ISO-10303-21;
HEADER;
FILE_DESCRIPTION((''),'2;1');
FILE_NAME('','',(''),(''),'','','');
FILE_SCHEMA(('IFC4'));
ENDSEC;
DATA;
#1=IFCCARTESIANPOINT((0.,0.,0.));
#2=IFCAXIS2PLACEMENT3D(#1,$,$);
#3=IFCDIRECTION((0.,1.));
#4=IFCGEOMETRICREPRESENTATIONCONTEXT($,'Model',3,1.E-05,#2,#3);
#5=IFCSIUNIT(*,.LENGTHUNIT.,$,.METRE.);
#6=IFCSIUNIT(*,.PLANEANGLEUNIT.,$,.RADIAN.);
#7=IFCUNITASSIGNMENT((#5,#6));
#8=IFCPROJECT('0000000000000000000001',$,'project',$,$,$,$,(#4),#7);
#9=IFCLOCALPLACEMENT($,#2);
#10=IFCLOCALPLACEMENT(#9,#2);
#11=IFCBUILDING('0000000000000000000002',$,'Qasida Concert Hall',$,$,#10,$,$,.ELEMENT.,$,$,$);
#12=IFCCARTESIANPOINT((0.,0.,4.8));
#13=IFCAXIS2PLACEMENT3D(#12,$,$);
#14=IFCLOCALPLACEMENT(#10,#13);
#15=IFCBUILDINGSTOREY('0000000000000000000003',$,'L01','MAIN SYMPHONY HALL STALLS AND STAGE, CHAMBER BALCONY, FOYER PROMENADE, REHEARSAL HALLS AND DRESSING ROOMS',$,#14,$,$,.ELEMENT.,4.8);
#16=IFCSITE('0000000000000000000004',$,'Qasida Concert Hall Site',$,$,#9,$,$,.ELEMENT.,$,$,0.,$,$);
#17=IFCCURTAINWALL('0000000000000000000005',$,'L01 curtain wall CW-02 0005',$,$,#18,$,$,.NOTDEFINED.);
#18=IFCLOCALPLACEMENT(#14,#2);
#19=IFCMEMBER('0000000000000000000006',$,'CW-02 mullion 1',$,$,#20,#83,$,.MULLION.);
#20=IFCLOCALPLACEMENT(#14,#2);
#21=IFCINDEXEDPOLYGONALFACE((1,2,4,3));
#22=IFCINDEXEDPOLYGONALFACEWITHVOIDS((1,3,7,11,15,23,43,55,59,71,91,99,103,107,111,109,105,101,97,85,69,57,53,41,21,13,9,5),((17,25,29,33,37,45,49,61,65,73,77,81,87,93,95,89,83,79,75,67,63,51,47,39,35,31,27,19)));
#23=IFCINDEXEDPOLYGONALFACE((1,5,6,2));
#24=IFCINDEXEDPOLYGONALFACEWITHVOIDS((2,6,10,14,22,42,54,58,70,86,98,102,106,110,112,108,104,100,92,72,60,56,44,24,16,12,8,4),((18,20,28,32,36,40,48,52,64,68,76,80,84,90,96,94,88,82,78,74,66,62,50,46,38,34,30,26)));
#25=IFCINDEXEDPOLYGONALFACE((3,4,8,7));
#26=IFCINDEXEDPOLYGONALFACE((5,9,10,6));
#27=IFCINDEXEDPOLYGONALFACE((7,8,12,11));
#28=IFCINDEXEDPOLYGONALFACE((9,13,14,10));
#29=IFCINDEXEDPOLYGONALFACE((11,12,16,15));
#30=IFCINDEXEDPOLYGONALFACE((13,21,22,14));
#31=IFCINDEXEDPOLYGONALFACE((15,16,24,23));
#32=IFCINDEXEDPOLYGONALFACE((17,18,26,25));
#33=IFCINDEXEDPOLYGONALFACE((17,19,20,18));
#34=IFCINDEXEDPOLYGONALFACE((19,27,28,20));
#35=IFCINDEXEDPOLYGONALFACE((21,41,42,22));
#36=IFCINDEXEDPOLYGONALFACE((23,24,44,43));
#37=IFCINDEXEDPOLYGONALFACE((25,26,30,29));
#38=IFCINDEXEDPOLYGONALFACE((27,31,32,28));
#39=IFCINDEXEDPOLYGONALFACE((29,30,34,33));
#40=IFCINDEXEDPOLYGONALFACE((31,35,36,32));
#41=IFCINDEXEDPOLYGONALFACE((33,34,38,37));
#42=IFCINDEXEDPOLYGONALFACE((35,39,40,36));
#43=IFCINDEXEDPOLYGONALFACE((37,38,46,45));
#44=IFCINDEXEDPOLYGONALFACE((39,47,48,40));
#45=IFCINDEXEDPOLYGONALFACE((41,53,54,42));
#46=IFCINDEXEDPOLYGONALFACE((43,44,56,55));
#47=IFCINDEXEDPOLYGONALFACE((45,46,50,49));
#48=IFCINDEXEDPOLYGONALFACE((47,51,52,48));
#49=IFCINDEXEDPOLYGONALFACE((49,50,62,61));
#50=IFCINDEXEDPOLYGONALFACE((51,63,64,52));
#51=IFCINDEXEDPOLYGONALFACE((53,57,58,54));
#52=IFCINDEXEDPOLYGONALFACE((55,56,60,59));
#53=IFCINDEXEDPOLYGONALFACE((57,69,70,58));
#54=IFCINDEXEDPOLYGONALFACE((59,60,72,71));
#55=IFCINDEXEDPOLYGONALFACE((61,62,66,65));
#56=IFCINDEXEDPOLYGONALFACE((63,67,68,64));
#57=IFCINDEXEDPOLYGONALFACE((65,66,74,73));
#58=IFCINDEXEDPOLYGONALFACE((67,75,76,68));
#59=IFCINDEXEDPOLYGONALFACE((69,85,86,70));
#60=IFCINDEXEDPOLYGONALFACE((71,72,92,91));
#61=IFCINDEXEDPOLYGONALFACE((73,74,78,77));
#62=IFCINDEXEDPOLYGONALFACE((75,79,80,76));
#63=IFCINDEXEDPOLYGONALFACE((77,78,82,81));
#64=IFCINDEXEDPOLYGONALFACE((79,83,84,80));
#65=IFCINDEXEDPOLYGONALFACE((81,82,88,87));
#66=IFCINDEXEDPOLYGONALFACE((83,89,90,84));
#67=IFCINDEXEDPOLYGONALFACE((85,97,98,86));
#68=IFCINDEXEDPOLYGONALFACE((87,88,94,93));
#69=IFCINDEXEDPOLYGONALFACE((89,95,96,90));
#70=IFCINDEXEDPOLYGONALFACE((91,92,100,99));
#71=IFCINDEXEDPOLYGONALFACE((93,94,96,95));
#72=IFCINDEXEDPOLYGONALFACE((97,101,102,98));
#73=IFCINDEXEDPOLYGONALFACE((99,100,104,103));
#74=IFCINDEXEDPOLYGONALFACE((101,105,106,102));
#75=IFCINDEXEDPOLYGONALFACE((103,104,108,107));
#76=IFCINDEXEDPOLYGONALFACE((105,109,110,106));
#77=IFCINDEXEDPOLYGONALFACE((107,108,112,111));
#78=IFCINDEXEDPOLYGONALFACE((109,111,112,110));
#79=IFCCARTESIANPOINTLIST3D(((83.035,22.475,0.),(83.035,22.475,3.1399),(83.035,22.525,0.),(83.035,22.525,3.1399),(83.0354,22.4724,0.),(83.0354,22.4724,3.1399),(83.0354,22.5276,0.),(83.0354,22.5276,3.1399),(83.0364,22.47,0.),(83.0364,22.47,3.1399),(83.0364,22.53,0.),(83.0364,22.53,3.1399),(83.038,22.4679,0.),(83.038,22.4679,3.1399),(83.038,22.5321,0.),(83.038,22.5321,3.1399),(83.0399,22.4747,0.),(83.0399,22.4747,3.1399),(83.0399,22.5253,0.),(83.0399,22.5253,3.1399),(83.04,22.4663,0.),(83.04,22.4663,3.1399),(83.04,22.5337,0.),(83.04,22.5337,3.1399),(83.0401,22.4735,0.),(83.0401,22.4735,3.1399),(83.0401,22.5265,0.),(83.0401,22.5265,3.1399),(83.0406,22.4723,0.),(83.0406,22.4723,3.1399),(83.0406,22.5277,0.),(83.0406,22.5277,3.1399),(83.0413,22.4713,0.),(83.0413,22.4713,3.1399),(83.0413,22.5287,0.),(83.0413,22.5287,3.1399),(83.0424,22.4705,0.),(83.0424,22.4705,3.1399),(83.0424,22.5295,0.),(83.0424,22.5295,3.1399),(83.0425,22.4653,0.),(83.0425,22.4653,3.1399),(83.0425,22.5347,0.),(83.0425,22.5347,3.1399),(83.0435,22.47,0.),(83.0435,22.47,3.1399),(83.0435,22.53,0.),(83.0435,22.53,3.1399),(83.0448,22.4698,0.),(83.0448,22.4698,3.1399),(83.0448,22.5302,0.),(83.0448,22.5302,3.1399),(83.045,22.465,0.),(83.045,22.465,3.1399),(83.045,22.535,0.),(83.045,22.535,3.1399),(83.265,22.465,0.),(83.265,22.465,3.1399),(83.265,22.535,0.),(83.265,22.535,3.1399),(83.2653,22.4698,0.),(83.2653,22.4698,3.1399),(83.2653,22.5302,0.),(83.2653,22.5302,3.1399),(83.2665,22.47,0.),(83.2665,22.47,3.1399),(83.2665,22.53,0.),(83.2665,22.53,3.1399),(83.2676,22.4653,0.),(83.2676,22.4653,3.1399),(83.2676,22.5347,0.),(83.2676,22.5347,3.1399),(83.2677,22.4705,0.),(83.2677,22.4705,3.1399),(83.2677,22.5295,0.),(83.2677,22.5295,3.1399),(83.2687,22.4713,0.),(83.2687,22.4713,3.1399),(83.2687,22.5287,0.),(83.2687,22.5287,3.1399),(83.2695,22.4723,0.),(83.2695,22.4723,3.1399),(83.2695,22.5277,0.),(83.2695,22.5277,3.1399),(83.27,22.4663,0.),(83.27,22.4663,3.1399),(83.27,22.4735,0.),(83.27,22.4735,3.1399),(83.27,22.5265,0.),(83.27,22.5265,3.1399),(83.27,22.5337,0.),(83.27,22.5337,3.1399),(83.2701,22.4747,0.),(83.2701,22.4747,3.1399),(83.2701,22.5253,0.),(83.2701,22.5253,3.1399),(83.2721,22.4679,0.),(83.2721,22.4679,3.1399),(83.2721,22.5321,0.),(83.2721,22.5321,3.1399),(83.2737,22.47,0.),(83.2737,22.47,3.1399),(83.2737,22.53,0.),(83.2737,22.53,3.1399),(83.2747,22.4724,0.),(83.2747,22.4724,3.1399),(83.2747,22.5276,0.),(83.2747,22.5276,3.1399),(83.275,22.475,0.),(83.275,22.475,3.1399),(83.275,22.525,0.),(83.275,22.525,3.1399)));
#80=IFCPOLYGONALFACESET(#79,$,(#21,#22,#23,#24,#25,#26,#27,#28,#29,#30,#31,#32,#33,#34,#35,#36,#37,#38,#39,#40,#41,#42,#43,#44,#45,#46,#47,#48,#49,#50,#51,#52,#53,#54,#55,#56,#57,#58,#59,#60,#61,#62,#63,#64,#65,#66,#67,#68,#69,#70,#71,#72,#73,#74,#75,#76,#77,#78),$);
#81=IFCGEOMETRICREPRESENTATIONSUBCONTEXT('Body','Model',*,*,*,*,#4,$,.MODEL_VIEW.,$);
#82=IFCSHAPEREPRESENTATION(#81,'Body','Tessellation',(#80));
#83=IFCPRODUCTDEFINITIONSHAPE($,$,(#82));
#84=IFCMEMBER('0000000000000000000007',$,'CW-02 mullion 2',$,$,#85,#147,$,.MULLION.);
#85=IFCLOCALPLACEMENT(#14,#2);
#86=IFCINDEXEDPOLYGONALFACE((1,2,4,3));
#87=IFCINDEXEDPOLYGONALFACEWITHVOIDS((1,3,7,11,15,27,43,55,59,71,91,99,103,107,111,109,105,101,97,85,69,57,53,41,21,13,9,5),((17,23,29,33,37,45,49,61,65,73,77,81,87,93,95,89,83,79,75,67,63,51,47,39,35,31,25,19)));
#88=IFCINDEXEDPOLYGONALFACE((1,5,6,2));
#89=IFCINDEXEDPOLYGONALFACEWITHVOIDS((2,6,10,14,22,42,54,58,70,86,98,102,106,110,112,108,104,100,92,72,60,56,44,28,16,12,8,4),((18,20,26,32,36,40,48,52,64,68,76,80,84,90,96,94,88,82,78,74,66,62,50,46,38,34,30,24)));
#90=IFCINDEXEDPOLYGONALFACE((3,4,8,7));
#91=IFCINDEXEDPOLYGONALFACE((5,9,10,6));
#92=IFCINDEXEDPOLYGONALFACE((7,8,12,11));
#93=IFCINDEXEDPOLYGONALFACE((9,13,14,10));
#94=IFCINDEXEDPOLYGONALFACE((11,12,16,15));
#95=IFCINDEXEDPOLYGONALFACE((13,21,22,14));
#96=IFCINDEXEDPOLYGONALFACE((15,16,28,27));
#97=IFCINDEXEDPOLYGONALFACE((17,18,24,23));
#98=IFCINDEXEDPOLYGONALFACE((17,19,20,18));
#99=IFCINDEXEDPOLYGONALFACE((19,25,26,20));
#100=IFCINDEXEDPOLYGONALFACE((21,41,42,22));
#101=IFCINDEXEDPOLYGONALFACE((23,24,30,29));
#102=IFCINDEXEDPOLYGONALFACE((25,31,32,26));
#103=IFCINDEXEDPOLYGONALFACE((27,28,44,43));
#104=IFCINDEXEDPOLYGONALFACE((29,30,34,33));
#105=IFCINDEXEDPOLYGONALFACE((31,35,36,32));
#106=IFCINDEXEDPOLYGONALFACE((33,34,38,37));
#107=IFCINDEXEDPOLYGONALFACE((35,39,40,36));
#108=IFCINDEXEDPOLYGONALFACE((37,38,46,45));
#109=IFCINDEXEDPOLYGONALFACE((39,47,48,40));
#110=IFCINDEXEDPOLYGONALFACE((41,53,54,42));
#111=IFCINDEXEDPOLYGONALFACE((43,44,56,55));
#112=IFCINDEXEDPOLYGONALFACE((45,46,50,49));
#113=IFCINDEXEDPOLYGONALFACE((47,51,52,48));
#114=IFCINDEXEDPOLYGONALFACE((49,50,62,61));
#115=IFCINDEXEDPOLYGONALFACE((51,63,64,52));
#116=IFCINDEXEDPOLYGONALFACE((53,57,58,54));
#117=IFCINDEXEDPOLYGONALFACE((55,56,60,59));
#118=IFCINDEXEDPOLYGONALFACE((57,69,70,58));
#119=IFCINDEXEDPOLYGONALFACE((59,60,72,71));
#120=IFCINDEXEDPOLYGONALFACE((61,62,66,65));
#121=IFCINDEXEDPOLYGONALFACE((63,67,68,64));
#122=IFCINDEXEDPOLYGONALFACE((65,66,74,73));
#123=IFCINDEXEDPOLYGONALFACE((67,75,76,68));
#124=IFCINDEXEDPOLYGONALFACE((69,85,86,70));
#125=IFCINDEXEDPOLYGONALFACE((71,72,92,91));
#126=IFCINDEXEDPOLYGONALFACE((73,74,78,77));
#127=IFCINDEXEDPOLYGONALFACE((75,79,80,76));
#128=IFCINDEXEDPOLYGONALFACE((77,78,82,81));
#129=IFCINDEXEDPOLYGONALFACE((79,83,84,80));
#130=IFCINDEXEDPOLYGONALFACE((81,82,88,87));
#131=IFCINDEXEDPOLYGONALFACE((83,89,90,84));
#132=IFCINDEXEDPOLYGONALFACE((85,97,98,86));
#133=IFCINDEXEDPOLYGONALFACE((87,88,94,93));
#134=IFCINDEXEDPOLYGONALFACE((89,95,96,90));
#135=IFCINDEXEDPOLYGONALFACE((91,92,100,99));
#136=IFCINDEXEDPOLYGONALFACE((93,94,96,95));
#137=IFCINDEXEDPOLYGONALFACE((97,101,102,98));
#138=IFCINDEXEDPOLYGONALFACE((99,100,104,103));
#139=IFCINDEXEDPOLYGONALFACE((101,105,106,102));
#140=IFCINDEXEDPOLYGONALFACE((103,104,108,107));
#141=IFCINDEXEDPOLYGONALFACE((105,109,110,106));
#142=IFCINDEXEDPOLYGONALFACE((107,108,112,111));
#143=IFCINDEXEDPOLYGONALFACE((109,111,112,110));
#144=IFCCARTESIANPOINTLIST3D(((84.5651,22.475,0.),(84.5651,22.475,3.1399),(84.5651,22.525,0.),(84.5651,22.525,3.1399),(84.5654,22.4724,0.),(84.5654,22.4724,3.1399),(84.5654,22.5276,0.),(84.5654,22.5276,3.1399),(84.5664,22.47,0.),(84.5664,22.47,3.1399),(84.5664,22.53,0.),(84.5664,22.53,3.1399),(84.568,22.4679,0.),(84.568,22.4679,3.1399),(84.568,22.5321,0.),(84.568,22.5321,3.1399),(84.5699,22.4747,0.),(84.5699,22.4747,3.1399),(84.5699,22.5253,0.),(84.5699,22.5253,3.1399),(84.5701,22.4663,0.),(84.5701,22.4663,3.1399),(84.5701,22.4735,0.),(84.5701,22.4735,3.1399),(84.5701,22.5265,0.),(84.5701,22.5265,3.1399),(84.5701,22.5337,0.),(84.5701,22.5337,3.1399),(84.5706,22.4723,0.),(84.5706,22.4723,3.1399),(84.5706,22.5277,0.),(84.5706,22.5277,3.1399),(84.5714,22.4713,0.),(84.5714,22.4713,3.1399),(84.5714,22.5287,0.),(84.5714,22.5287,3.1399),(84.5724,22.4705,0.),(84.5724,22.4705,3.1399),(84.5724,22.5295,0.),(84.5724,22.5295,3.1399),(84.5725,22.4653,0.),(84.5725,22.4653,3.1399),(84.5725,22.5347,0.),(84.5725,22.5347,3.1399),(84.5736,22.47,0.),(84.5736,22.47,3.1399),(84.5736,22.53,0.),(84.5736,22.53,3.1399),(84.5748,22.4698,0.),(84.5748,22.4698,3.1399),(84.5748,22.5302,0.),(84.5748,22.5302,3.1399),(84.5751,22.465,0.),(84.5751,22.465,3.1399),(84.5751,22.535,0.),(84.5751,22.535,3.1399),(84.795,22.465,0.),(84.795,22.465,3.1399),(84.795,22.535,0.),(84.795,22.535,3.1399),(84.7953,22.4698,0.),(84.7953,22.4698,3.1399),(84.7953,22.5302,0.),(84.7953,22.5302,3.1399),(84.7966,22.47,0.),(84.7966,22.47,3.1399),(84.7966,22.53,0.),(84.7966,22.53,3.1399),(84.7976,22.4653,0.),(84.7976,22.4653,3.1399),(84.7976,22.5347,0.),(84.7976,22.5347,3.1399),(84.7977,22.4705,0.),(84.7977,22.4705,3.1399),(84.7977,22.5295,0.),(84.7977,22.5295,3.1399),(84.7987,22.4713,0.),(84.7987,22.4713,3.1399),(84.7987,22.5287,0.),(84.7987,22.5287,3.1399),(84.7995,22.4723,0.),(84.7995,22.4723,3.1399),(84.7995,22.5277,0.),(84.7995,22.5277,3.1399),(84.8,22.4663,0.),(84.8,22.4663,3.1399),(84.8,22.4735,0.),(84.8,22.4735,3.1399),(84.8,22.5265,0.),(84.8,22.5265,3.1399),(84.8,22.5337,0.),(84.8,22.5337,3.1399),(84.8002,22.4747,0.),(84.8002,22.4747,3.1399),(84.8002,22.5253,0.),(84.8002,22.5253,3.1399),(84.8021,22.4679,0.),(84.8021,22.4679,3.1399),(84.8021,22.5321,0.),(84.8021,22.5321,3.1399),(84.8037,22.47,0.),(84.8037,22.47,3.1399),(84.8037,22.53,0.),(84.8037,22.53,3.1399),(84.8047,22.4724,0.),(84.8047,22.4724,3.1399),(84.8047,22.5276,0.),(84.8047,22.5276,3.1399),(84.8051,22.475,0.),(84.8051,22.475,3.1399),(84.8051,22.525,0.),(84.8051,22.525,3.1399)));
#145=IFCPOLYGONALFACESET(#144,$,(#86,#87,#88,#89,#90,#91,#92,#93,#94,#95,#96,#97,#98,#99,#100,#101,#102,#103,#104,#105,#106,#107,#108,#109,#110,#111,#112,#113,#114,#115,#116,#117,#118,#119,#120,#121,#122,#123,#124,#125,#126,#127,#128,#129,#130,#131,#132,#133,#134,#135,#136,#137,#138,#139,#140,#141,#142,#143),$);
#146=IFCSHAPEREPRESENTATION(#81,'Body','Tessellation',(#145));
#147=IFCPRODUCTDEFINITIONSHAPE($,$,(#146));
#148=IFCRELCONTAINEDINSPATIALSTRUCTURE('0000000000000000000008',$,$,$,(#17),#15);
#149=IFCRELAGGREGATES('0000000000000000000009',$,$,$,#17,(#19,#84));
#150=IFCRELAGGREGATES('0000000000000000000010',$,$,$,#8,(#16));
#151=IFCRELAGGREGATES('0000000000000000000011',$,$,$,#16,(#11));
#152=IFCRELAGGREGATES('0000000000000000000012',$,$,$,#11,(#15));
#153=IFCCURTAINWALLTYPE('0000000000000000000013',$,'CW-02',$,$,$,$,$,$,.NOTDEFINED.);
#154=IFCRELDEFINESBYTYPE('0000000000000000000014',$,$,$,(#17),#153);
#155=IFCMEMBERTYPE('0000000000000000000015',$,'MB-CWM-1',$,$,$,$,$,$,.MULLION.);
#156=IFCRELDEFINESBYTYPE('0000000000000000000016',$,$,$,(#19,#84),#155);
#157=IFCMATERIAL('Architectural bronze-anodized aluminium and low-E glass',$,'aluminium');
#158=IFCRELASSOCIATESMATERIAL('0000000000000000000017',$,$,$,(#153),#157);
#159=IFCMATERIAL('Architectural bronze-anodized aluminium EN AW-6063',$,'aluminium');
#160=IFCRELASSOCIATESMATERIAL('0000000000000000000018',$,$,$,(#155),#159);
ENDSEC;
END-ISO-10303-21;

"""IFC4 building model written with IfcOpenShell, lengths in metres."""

from ifc_helpers import new_model, si_unit, direction, frame, origin, origin_2d, place, context, subcontext, project, spatial, hollow_rectangle, extrude, material, material_profile, profile_set, type_object, element, aggregate, save


model = new_model("IFC4")

# Units and contexts
model_context = context("Model", 3, precision=1e-05, world=origin(), true_north=direction((0.0, 1.0)))
body_context = subcontext(model_context, "Body", "Model", "MODEL_VIEW")
ifc_project = project(units=[si_unit("LENGTHUNIT", "METRE"), si_unit("PLANEANGLEUNIT", "RADIAN")], contexts=[model_context])

# Site, building, storey
site_placement = place(None, origin())
site = spatial("IfcSite", under=ifc_project, at=site_placement, Name="Qasida Concert Hall Site", CompositionType="ELEMENT", RefElevation=0.0)
building_placement = place(site_placement, origin())
building = spatial("IfcBuilding", under=site, at=building_placement, Name="Qasida Concert Hall", CompositionType="ELEMENT")
storey_placement = place(building_placement, frame((0.0, 0.0, 4.8)))
storey = spatial("IfcBuildingStorey", under=building, at=storey_placement, Name="L01", Description="MAIN SYMPHONY HALL STALLS AND STAGE, CHAMBER BALCONY, FOYER PROMENADE, REHEARSAL HALLS AND DRESSING ROOMS", CompositionType="ELEMENT", Elevation=4.8)

# Shared definitions
ifc_material_1 = material(Name="Architectural bronze-anodized aluminium and low-E glass", Category="aluminium")
curtain_wall_type = type_object("IfcCurtainWallType", Name="CW-02", PredefinedType="NOTDEFINED", material=ifc_material_1)
ifc_material_2 = material(Name="Architectural bronze-anodized aluminium EN AW-6063", Category="aluminium")
ifc_material_profile_1 = material_profile(ifc_material_2, hollow_rectangle(XDim=0.0701, YDim=0.24, WallThickness=0.0049, InnerFilletRadius=0.0049, OuterFilletRadius=0.01, at=origin_2d()), Name="CWM 240x70x5")
ifc_profile_set_1 = profile_set([ifc_material_profile_1], Name="Architectural bronze-anodized aluminium EN AW-6063")
member_type_1 = type_object("IfcMemberType", Name="MB-CWM-1", PredefinedType="MULLION", material=ifc_profile_set_1)

# Curtain wall, members
curtain_wall_1_placement = place(storey_placement, origin())
curtain_wall_1 = element("IfcCurtainWall", 1, at=curtain_wall_1_placement, inside=storey, type_object=curtain_wall_type, Name="L01 curtain wall CW-02 0005", PredefinedType="NOTDEFINED")
member_1_placement = place(storey_placement, frame((83.155, 22.5, 0.0), z_axis=(0.0, 0.0, 1.0), x_axis=(0.0, 1.0, 0.0)))
member_1 = element("IfcMember", 2, at=member_1_placement, type_object=member_type_1, Name="CW-02 mullion 1", PredefinedType="MULLION", context=body_context, shape_type="SweptSolid", body=[
    extrude(hollow_rectangle(XDim=0.0701, YDim=0.24, WallThickness=0.0049, InnerFilletRadius=0.0049, OuterFilletRadius=0.01, at=origin_2d()), origin(), (0.0, 0.0, 1.0), 3.1399),
])
member_2_placement = place(storey_placement, frame((84.6851, 22.5, 0.0), z_axis=(0.0, 0.0, 1.0), x_axis=(0.0, 1.0, 0.0)))
member_2 = element("IfcMember", 3, at=member_2_placement, type_object=member_type_1, Name="CW-02 mullion 2", PredefinedType="MULLION", context=body_context, shape_type="SweptSolid", body=[
    extrude(hollow_rectangle(XDim=0.0701, YDim=0.24, WallThickness=0.0049, InnerFilletRadius=0.0049, OuterFilletRadius=0.01, at=origin_2d()), origin(), (0.0, 0.0, 1.0), 3.1399),
])

aggregate(curtain_wall_1, [member_1, member_2])

save(model, "model.ifc")
